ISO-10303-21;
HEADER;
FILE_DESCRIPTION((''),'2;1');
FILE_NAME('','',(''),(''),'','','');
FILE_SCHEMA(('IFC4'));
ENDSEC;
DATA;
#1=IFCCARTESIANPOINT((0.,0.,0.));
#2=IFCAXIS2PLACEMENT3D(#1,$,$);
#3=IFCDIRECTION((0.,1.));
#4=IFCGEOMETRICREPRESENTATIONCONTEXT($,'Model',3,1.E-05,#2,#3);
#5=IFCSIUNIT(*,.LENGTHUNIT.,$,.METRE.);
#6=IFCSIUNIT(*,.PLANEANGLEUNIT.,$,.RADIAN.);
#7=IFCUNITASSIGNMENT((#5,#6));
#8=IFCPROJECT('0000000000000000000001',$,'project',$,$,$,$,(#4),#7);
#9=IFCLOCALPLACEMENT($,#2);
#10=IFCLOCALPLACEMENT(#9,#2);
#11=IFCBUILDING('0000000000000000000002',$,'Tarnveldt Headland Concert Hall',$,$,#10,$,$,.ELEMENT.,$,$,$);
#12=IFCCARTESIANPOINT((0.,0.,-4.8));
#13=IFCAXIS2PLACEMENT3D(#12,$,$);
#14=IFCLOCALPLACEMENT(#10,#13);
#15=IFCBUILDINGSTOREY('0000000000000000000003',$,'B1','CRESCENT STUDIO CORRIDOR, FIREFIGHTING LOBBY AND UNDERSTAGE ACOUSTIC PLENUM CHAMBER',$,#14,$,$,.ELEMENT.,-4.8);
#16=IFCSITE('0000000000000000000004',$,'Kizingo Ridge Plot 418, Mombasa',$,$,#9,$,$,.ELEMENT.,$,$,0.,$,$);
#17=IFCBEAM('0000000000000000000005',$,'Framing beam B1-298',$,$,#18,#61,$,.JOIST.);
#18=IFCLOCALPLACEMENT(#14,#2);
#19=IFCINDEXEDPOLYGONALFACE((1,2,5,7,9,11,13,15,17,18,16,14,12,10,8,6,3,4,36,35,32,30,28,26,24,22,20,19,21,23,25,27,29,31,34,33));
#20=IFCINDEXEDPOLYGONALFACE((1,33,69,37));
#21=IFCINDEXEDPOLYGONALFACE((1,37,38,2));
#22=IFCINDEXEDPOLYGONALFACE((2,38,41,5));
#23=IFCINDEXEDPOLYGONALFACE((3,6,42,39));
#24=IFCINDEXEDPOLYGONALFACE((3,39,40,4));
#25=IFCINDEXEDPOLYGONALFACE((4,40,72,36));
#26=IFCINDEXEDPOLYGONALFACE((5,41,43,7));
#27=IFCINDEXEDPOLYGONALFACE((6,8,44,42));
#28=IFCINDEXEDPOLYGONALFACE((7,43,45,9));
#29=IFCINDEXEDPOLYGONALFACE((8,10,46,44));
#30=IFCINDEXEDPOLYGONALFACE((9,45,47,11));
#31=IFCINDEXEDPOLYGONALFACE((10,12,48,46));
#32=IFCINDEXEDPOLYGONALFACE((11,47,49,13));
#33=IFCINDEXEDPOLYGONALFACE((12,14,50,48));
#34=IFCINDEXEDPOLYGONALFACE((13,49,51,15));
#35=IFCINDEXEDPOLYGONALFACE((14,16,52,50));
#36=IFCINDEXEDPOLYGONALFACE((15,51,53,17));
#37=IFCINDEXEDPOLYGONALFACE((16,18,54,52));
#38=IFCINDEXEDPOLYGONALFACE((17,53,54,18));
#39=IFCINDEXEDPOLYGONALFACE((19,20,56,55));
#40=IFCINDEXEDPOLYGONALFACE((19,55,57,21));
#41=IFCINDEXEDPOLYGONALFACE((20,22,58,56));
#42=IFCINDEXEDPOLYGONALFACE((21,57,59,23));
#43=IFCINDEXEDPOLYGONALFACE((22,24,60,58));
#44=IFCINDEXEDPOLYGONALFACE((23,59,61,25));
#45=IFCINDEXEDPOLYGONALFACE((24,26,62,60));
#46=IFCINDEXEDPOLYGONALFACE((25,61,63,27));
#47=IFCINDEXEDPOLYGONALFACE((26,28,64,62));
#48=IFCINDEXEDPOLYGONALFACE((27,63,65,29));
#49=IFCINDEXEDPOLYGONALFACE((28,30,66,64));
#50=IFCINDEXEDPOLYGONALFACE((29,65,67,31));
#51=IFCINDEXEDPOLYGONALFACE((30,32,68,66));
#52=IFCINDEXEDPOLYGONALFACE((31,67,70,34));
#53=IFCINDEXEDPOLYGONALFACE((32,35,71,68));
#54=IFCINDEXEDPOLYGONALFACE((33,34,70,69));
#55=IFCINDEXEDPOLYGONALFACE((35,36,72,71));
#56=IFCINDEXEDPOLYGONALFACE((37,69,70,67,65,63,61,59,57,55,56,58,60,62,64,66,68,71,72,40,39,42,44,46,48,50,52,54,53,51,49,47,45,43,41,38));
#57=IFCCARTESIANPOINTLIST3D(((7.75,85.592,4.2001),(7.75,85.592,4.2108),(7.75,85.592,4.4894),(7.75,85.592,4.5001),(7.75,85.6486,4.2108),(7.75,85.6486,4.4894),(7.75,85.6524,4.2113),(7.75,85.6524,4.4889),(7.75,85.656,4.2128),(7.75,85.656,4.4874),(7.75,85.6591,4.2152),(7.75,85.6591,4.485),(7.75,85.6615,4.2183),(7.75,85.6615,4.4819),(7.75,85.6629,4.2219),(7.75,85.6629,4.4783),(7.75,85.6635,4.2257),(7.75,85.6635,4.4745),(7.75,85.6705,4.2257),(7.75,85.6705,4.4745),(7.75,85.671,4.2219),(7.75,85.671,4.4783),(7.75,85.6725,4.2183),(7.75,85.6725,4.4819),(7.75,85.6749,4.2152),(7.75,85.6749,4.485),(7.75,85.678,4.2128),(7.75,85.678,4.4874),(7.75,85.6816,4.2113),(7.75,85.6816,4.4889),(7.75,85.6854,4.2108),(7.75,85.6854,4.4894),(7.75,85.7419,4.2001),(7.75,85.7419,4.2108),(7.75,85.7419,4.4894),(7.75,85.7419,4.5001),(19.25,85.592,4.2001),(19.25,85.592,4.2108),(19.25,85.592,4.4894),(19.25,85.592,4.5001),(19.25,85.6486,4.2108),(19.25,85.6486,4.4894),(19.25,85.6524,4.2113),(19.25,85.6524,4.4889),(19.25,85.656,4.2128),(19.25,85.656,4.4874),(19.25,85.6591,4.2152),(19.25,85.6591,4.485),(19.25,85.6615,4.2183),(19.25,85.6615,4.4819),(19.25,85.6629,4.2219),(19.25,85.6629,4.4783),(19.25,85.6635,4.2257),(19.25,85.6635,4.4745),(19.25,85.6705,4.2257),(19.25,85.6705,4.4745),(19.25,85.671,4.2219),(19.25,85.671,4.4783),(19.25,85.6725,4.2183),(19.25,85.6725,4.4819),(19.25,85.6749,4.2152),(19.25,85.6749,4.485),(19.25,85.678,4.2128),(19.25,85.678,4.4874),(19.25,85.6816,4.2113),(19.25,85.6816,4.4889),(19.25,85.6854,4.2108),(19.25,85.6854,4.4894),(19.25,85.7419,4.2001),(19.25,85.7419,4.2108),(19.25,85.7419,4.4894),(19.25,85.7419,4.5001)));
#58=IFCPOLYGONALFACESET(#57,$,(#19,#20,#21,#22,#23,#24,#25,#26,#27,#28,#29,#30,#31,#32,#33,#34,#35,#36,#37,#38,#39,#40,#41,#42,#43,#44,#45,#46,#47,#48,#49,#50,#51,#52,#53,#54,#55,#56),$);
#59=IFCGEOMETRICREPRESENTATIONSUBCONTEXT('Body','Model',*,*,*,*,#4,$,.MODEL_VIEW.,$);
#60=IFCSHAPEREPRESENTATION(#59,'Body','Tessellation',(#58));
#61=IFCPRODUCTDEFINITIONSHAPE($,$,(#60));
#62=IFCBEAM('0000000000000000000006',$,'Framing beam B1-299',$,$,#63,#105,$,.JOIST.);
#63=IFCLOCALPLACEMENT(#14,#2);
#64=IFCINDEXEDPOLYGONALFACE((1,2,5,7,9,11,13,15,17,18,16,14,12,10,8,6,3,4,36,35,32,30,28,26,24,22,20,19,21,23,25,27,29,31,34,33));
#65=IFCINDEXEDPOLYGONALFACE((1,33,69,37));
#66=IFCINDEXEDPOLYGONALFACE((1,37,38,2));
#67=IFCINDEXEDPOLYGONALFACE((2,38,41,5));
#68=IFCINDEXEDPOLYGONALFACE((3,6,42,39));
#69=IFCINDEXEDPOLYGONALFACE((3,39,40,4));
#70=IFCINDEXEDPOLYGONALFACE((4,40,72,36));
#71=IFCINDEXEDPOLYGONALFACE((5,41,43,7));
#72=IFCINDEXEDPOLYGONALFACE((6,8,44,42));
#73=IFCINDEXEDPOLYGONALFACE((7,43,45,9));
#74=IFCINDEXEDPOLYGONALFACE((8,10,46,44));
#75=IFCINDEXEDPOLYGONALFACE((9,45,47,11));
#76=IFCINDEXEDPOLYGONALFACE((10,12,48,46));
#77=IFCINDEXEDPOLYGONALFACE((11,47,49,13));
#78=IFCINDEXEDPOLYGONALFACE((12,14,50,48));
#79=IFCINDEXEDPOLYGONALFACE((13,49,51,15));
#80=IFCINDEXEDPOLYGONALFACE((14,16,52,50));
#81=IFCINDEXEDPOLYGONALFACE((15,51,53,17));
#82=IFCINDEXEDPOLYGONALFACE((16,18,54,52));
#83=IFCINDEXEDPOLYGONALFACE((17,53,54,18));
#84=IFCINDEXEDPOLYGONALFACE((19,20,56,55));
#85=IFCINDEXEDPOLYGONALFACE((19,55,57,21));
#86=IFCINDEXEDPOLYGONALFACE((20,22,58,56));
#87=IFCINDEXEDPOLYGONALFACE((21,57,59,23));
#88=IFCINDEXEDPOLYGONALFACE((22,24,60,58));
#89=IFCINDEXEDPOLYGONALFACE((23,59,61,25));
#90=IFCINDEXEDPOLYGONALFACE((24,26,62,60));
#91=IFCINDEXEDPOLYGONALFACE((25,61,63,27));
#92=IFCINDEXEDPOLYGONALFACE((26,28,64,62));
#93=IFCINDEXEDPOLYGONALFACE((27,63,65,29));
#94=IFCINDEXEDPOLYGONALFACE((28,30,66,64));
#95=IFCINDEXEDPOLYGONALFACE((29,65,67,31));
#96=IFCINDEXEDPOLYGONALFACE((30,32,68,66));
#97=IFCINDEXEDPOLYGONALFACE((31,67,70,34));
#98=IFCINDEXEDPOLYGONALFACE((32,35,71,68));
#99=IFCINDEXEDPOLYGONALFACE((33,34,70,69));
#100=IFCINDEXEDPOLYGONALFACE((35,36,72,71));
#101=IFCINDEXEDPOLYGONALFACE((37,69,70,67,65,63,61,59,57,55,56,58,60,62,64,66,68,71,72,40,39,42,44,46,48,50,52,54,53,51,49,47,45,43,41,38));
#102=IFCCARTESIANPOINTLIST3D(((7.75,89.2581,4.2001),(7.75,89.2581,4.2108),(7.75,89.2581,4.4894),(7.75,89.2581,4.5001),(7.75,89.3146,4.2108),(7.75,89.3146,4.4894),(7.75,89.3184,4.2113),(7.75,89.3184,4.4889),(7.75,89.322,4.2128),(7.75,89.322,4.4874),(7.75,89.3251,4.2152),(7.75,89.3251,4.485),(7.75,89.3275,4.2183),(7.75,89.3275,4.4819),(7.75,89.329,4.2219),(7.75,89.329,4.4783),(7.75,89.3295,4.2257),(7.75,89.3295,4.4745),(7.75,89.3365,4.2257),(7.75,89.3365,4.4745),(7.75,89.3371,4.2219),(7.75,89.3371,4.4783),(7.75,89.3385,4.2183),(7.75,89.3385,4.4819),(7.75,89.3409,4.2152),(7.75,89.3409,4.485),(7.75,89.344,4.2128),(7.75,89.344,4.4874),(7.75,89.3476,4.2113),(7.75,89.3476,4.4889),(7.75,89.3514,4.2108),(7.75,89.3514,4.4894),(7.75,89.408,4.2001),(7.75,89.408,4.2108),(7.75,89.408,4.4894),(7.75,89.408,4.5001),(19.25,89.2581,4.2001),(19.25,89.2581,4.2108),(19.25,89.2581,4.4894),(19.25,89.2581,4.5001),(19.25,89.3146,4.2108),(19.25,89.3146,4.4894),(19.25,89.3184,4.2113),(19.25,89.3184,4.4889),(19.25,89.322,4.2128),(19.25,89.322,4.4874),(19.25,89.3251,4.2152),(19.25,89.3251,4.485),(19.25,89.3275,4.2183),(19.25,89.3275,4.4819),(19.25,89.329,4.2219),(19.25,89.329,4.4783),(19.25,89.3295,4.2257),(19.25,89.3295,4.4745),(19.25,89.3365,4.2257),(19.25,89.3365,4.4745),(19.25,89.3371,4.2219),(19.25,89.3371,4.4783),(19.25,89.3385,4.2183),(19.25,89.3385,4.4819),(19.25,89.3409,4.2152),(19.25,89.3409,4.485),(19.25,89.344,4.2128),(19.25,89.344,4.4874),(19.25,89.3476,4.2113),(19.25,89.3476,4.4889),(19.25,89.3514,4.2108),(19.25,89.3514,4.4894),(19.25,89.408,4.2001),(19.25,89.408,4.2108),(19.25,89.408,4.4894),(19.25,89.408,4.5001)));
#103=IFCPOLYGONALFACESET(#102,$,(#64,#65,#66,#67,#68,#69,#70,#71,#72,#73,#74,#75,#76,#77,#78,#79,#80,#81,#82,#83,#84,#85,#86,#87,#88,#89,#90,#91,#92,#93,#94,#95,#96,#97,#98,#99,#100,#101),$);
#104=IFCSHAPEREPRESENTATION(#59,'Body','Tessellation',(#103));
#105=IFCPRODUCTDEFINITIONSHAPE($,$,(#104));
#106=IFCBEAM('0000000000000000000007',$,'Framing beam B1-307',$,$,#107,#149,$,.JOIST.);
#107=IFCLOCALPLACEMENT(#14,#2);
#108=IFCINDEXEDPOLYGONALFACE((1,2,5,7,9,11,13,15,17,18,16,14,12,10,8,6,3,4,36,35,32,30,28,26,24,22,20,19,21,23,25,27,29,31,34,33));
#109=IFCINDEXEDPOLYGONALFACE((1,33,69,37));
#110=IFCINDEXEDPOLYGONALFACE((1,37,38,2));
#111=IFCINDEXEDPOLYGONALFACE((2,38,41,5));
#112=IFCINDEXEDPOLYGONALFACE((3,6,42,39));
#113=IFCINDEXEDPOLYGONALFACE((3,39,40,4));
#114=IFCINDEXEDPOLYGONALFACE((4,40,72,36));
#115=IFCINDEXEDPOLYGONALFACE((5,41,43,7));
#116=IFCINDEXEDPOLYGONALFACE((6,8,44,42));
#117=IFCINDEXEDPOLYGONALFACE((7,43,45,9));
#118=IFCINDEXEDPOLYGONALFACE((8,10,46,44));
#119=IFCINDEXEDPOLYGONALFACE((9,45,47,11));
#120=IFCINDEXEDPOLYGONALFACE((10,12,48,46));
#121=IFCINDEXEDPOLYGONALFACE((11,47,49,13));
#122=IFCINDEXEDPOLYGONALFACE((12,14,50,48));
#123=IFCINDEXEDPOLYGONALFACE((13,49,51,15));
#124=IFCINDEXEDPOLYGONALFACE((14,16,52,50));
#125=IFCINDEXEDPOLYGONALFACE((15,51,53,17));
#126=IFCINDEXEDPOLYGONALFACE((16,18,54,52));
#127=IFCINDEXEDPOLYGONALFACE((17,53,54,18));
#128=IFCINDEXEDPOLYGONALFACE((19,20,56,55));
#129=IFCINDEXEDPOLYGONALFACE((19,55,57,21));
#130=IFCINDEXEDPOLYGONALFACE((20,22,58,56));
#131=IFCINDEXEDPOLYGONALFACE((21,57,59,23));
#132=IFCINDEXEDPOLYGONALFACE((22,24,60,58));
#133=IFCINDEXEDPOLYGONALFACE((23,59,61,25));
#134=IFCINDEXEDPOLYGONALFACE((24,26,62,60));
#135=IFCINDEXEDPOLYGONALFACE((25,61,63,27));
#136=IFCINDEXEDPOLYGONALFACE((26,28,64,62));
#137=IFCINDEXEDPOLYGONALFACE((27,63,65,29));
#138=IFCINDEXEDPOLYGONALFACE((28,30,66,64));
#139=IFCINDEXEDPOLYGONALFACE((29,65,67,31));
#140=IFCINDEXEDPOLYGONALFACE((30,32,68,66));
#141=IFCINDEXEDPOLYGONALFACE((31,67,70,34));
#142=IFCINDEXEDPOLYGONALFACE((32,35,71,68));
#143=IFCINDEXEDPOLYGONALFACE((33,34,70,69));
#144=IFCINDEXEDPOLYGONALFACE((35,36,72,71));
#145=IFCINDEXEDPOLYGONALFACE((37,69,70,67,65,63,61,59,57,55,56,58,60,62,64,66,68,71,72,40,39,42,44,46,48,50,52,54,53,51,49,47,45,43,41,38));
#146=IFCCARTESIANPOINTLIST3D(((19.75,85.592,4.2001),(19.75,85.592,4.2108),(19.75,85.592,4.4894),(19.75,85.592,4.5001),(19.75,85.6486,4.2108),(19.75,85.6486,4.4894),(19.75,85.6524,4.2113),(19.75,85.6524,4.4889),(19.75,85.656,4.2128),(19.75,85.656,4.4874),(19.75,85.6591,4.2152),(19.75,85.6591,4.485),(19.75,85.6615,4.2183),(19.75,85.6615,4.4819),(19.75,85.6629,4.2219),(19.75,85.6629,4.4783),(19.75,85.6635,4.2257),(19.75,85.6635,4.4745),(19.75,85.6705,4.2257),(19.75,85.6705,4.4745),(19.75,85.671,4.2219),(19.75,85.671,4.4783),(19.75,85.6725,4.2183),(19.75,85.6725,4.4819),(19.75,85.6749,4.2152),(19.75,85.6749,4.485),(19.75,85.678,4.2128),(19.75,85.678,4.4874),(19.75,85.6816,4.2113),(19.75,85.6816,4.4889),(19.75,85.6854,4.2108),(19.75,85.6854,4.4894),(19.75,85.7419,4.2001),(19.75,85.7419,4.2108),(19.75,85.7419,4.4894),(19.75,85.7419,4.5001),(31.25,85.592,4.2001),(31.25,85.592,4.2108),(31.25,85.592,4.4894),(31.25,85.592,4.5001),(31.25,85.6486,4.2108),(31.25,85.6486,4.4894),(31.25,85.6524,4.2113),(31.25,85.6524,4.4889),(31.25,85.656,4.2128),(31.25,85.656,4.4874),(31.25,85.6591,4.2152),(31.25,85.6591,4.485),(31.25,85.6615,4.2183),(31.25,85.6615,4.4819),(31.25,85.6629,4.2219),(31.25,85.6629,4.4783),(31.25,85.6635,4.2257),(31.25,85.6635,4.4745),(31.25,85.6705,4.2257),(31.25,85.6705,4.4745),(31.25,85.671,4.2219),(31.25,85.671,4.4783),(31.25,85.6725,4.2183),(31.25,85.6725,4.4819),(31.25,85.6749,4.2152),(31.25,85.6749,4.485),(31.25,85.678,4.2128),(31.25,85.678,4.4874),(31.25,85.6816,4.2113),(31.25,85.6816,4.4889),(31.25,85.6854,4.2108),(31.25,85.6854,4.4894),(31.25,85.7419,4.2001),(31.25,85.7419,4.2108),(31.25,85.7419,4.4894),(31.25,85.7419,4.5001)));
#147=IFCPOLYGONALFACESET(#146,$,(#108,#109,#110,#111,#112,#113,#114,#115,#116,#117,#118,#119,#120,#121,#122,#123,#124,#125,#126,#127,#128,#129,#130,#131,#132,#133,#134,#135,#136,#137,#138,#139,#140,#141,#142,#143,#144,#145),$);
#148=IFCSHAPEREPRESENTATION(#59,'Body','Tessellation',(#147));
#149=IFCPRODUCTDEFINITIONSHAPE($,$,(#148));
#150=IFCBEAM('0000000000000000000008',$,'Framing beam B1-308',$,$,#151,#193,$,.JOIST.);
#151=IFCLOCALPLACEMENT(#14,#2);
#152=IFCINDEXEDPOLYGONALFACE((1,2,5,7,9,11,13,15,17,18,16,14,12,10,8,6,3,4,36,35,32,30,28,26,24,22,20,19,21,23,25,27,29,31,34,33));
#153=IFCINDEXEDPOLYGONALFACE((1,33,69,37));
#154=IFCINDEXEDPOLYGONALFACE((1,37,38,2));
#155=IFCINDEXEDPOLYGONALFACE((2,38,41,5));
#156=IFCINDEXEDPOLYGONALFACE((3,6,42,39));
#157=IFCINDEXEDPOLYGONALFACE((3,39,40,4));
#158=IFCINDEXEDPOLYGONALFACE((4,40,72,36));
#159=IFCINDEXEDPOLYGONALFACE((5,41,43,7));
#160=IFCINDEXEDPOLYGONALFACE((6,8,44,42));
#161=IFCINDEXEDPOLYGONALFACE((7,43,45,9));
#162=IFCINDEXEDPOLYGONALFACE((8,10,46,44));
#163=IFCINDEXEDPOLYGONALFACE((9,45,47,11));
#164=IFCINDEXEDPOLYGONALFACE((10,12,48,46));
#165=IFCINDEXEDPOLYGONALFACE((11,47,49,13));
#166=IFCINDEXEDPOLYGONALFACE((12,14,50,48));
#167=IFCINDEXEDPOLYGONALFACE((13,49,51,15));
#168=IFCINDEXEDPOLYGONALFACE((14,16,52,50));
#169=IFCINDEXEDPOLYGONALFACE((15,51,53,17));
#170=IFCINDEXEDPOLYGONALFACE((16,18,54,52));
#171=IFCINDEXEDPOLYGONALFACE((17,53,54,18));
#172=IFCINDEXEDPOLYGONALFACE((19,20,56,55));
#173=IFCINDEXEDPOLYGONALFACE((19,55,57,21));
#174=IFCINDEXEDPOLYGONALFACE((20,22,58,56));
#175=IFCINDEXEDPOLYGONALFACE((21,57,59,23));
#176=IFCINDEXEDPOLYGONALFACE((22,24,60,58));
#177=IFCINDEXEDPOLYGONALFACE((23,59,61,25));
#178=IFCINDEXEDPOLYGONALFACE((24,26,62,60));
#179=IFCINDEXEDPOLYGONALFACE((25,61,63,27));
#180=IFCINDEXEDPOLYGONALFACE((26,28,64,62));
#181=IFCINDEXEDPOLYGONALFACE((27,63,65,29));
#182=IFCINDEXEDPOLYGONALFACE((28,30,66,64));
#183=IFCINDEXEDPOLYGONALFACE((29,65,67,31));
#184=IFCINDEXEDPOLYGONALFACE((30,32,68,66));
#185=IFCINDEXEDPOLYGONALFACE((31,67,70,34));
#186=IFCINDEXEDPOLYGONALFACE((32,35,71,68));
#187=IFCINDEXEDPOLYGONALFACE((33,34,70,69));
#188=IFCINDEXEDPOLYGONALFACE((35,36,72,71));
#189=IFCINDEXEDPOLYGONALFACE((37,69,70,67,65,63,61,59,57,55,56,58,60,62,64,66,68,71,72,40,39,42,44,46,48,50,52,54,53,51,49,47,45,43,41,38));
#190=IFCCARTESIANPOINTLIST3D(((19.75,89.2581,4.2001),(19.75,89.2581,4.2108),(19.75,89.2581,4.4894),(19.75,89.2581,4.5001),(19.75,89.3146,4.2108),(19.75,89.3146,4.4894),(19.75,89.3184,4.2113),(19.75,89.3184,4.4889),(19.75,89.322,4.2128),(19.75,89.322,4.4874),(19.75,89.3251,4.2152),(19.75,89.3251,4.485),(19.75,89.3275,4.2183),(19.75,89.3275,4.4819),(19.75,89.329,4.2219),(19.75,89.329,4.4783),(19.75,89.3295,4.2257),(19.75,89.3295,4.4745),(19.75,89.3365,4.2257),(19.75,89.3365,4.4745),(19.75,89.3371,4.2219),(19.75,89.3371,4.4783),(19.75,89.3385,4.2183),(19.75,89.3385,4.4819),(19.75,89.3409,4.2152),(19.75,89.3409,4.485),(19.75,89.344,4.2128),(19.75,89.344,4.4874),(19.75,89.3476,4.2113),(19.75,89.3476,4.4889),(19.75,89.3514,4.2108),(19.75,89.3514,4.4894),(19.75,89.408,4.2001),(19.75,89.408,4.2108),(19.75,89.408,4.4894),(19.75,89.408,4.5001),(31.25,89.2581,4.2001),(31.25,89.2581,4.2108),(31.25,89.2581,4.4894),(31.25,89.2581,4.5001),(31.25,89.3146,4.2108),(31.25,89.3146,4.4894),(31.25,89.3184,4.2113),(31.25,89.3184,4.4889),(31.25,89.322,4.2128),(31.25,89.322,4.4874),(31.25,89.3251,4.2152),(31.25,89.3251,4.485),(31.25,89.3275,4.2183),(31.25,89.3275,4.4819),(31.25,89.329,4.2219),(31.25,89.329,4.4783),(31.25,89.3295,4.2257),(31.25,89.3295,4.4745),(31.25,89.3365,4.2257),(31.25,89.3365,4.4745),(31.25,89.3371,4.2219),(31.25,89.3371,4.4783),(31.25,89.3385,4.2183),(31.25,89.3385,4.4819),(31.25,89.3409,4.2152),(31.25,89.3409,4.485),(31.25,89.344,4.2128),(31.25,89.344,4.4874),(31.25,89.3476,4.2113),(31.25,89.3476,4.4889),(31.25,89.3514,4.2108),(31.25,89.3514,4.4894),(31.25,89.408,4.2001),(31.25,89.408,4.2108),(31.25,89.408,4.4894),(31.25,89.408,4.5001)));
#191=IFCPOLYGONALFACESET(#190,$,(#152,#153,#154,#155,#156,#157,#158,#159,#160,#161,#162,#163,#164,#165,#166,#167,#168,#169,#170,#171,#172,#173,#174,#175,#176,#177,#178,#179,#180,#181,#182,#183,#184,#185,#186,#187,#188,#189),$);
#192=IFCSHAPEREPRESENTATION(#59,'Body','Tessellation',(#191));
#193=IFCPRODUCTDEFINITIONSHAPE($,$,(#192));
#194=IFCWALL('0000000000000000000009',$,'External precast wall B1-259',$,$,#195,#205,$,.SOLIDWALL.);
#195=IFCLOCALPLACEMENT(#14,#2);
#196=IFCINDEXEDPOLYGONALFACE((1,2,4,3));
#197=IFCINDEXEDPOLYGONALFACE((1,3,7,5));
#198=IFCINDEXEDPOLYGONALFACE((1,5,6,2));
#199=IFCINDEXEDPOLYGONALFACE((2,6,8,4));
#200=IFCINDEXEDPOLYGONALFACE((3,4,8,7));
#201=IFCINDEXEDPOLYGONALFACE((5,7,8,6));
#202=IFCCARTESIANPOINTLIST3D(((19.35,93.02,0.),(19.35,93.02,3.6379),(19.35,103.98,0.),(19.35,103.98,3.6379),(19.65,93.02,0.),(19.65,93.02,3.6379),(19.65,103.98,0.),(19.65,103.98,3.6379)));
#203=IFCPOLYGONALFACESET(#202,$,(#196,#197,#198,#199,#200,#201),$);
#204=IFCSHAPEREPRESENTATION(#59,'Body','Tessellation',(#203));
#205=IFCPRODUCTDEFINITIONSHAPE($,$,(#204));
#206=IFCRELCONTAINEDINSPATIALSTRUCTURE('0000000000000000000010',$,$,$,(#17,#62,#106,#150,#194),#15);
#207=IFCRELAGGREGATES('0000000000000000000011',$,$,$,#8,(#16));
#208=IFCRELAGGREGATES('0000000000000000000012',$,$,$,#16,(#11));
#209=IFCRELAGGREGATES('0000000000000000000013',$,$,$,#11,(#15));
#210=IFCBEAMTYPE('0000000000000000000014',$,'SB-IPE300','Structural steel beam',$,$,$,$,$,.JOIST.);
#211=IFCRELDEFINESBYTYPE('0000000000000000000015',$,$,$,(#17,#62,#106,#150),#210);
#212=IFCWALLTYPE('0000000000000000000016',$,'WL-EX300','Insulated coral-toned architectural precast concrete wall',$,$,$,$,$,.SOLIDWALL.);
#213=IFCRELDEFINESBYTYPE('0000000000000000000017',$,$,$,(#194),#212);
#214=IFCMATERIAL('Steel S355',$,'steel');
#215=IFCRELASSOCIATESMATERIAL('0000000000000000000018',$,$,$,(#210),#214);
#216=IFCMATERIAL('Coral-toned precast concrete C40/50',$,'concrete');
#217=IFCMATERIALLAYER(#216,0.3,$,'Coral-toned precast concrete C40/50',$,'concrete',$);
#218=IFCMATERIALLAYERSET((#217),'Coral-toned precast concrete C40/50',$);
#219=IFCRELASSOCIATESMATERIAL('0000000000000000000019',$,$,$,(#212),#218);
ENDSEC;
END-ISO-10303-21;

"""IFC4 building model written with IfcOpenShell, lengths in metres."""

from ifc_helpers import new_model, si_unit, direction, frame, frame_2d, origin, origin_2d, place, context, subcontext, project, spatial, rectangle, i_section, extrude, material, layer, layer_set, material_profile, profile_set, type_object, element, save


model = new_model("IFC4")

# Units and contexts
model_context = context("Model", 3, precision=1e-05, world=origin(), true_north=direction((0.0, 1.0)))
body_context = subcontext(model_context, "Body", "Model", "MODEL_VIEW")
ifc_project = project(units=[si_unit("LENGTHUNIT", "METRE"), si_unit("PLANEANGLEUNIT", "RADIAN")], contexts=[model_context])

# Site, building, storey
site_placement = place(None, origin())
site = spatial("IfcSite", under=ifc_project, at=site_placement, Name="Kizingo Ridge Plot 418, Mombasa", CompositionType="ELEMENT", RefElevation=0.0)
building_placement = place(site_placement, origin())
building = spatial("IfcBuilding", under=site, at=building_placement, Name="Tarnveldt Headland Concert Hall", CompositionType="ELEMENT")
storey_placement = place(building_placement, frame((0.0, 0.0, -4.8)))
storey = spatial("IfcBuildingStorey", under=building, at=storey_placement, Name="B1", Description="CRESCENT STUDIO CORRIDOR, FIREFIGHTING LOBBY AND UNDERSTAGE ACOUSTIC PLENUM CHAMBER", CompositionType="ELEMENT", Elevation=-4.8)

# Beams
ifc_material_1 = material(Name="Steel S355", Category="steel")
ifc_material_profile_1 = material_profile(ifc_material_1, i_section(OverallWidth=0.1499, OverallDepth=0.3, WebThickness=0.0071, FlangeThickness=0.0107, FilletRadius=0.0149, at=origin_2d()), Name="IPE300", Category="steel")
ifc_profile_set_1 = profile_set([ifc_material_profile_1], Name="Steel S355")
beam_type_1 = type_object("IfcBeamType", Name="SB-IPE300", Description="Structural steel beam", PredefinedType="JOIST", material=ifc_profile_set_1)
for number, where, z_axis, x_axis, name in (
    (1, (7.75, 85.667, 4.3501), (1.0, 0.0, 0.0), (0.0, 1.0, 0.0), "Framing beam B1-298"),
    (2, (7.75, 89.333, 4.3501), (1.0, 0.0, 0.0), (0.0, 1.0, 0.0), "Framing beam B1-299"),
    (3, (19.75, 85.667, 4.3501), (1.0, 0.0, 0.0), (0.0, 1.0, 0.0), "Framing beam B1-307"),
    (4, (19.75, 89.333, 4.3501), (1.0, 0.0, 0.0), (0.0, 1.0, 0.0), "Framing beam B1-308"),
):
    element("IfcBeam", number, at=place(storey_placement, frame(where, z_axis=z_axis, x_axis=x_axis)), inside=storey, type_object=beam_type_1, Name=name, PredefinedType="JOIST", context=body_context, shape_type="SweptSolid", body=[
        extrude(i_section(OverallWidth=0.1499, OverallDepth=0.3, WebThickness=0.0071, FlangeThickness=0.0107, FilletRadius=0.0149, at=origin_2d()), origin(), (0.0, 0.0, 1.0), 11.5),
    ])

# Wall
ifc_material_2 = material(Name="Coral-toned precast concrete C40/50", Category="concrete")
ifc_layer_1 = layer(ifc_material_2, 0.3, Name="Coral-toned precast concrete C40/50", Category="concrete")
ifc_layer_set_1 = layer_set([ifc_layer_1], Name="Coral-toned precast concrete C40/50")
wall_type = type_object("IfcWallType", Name="WL-EX300", Description="Insulated coral-toned architectural precast concrete wall", PredefinedType="SOLIDWALL", material=ifc_layer_set_1)
wall_1_placement = place(storey_placement, frame((19.5, 93.02, 0.0), z_axis=(0.0, 0.0, 1.0), x_axis=(0.0, 1.0, 0.0)))
element("IfcWall", 5, at=wall_1_placement, inside=storey, type_object=wall_type, Name="External precast wall B1-259", PredefinedType="SOLIDWALL", context=body_context, shape_type="SweptSolid", body=[
    extrude(rectangle(XDim=10.96, YDim=0.3, at=frame_2d((5.48, 0.0))), origin(), (0.0, 0.0, 1.0), 3.6379),
])

save(model, "model.ifc")
